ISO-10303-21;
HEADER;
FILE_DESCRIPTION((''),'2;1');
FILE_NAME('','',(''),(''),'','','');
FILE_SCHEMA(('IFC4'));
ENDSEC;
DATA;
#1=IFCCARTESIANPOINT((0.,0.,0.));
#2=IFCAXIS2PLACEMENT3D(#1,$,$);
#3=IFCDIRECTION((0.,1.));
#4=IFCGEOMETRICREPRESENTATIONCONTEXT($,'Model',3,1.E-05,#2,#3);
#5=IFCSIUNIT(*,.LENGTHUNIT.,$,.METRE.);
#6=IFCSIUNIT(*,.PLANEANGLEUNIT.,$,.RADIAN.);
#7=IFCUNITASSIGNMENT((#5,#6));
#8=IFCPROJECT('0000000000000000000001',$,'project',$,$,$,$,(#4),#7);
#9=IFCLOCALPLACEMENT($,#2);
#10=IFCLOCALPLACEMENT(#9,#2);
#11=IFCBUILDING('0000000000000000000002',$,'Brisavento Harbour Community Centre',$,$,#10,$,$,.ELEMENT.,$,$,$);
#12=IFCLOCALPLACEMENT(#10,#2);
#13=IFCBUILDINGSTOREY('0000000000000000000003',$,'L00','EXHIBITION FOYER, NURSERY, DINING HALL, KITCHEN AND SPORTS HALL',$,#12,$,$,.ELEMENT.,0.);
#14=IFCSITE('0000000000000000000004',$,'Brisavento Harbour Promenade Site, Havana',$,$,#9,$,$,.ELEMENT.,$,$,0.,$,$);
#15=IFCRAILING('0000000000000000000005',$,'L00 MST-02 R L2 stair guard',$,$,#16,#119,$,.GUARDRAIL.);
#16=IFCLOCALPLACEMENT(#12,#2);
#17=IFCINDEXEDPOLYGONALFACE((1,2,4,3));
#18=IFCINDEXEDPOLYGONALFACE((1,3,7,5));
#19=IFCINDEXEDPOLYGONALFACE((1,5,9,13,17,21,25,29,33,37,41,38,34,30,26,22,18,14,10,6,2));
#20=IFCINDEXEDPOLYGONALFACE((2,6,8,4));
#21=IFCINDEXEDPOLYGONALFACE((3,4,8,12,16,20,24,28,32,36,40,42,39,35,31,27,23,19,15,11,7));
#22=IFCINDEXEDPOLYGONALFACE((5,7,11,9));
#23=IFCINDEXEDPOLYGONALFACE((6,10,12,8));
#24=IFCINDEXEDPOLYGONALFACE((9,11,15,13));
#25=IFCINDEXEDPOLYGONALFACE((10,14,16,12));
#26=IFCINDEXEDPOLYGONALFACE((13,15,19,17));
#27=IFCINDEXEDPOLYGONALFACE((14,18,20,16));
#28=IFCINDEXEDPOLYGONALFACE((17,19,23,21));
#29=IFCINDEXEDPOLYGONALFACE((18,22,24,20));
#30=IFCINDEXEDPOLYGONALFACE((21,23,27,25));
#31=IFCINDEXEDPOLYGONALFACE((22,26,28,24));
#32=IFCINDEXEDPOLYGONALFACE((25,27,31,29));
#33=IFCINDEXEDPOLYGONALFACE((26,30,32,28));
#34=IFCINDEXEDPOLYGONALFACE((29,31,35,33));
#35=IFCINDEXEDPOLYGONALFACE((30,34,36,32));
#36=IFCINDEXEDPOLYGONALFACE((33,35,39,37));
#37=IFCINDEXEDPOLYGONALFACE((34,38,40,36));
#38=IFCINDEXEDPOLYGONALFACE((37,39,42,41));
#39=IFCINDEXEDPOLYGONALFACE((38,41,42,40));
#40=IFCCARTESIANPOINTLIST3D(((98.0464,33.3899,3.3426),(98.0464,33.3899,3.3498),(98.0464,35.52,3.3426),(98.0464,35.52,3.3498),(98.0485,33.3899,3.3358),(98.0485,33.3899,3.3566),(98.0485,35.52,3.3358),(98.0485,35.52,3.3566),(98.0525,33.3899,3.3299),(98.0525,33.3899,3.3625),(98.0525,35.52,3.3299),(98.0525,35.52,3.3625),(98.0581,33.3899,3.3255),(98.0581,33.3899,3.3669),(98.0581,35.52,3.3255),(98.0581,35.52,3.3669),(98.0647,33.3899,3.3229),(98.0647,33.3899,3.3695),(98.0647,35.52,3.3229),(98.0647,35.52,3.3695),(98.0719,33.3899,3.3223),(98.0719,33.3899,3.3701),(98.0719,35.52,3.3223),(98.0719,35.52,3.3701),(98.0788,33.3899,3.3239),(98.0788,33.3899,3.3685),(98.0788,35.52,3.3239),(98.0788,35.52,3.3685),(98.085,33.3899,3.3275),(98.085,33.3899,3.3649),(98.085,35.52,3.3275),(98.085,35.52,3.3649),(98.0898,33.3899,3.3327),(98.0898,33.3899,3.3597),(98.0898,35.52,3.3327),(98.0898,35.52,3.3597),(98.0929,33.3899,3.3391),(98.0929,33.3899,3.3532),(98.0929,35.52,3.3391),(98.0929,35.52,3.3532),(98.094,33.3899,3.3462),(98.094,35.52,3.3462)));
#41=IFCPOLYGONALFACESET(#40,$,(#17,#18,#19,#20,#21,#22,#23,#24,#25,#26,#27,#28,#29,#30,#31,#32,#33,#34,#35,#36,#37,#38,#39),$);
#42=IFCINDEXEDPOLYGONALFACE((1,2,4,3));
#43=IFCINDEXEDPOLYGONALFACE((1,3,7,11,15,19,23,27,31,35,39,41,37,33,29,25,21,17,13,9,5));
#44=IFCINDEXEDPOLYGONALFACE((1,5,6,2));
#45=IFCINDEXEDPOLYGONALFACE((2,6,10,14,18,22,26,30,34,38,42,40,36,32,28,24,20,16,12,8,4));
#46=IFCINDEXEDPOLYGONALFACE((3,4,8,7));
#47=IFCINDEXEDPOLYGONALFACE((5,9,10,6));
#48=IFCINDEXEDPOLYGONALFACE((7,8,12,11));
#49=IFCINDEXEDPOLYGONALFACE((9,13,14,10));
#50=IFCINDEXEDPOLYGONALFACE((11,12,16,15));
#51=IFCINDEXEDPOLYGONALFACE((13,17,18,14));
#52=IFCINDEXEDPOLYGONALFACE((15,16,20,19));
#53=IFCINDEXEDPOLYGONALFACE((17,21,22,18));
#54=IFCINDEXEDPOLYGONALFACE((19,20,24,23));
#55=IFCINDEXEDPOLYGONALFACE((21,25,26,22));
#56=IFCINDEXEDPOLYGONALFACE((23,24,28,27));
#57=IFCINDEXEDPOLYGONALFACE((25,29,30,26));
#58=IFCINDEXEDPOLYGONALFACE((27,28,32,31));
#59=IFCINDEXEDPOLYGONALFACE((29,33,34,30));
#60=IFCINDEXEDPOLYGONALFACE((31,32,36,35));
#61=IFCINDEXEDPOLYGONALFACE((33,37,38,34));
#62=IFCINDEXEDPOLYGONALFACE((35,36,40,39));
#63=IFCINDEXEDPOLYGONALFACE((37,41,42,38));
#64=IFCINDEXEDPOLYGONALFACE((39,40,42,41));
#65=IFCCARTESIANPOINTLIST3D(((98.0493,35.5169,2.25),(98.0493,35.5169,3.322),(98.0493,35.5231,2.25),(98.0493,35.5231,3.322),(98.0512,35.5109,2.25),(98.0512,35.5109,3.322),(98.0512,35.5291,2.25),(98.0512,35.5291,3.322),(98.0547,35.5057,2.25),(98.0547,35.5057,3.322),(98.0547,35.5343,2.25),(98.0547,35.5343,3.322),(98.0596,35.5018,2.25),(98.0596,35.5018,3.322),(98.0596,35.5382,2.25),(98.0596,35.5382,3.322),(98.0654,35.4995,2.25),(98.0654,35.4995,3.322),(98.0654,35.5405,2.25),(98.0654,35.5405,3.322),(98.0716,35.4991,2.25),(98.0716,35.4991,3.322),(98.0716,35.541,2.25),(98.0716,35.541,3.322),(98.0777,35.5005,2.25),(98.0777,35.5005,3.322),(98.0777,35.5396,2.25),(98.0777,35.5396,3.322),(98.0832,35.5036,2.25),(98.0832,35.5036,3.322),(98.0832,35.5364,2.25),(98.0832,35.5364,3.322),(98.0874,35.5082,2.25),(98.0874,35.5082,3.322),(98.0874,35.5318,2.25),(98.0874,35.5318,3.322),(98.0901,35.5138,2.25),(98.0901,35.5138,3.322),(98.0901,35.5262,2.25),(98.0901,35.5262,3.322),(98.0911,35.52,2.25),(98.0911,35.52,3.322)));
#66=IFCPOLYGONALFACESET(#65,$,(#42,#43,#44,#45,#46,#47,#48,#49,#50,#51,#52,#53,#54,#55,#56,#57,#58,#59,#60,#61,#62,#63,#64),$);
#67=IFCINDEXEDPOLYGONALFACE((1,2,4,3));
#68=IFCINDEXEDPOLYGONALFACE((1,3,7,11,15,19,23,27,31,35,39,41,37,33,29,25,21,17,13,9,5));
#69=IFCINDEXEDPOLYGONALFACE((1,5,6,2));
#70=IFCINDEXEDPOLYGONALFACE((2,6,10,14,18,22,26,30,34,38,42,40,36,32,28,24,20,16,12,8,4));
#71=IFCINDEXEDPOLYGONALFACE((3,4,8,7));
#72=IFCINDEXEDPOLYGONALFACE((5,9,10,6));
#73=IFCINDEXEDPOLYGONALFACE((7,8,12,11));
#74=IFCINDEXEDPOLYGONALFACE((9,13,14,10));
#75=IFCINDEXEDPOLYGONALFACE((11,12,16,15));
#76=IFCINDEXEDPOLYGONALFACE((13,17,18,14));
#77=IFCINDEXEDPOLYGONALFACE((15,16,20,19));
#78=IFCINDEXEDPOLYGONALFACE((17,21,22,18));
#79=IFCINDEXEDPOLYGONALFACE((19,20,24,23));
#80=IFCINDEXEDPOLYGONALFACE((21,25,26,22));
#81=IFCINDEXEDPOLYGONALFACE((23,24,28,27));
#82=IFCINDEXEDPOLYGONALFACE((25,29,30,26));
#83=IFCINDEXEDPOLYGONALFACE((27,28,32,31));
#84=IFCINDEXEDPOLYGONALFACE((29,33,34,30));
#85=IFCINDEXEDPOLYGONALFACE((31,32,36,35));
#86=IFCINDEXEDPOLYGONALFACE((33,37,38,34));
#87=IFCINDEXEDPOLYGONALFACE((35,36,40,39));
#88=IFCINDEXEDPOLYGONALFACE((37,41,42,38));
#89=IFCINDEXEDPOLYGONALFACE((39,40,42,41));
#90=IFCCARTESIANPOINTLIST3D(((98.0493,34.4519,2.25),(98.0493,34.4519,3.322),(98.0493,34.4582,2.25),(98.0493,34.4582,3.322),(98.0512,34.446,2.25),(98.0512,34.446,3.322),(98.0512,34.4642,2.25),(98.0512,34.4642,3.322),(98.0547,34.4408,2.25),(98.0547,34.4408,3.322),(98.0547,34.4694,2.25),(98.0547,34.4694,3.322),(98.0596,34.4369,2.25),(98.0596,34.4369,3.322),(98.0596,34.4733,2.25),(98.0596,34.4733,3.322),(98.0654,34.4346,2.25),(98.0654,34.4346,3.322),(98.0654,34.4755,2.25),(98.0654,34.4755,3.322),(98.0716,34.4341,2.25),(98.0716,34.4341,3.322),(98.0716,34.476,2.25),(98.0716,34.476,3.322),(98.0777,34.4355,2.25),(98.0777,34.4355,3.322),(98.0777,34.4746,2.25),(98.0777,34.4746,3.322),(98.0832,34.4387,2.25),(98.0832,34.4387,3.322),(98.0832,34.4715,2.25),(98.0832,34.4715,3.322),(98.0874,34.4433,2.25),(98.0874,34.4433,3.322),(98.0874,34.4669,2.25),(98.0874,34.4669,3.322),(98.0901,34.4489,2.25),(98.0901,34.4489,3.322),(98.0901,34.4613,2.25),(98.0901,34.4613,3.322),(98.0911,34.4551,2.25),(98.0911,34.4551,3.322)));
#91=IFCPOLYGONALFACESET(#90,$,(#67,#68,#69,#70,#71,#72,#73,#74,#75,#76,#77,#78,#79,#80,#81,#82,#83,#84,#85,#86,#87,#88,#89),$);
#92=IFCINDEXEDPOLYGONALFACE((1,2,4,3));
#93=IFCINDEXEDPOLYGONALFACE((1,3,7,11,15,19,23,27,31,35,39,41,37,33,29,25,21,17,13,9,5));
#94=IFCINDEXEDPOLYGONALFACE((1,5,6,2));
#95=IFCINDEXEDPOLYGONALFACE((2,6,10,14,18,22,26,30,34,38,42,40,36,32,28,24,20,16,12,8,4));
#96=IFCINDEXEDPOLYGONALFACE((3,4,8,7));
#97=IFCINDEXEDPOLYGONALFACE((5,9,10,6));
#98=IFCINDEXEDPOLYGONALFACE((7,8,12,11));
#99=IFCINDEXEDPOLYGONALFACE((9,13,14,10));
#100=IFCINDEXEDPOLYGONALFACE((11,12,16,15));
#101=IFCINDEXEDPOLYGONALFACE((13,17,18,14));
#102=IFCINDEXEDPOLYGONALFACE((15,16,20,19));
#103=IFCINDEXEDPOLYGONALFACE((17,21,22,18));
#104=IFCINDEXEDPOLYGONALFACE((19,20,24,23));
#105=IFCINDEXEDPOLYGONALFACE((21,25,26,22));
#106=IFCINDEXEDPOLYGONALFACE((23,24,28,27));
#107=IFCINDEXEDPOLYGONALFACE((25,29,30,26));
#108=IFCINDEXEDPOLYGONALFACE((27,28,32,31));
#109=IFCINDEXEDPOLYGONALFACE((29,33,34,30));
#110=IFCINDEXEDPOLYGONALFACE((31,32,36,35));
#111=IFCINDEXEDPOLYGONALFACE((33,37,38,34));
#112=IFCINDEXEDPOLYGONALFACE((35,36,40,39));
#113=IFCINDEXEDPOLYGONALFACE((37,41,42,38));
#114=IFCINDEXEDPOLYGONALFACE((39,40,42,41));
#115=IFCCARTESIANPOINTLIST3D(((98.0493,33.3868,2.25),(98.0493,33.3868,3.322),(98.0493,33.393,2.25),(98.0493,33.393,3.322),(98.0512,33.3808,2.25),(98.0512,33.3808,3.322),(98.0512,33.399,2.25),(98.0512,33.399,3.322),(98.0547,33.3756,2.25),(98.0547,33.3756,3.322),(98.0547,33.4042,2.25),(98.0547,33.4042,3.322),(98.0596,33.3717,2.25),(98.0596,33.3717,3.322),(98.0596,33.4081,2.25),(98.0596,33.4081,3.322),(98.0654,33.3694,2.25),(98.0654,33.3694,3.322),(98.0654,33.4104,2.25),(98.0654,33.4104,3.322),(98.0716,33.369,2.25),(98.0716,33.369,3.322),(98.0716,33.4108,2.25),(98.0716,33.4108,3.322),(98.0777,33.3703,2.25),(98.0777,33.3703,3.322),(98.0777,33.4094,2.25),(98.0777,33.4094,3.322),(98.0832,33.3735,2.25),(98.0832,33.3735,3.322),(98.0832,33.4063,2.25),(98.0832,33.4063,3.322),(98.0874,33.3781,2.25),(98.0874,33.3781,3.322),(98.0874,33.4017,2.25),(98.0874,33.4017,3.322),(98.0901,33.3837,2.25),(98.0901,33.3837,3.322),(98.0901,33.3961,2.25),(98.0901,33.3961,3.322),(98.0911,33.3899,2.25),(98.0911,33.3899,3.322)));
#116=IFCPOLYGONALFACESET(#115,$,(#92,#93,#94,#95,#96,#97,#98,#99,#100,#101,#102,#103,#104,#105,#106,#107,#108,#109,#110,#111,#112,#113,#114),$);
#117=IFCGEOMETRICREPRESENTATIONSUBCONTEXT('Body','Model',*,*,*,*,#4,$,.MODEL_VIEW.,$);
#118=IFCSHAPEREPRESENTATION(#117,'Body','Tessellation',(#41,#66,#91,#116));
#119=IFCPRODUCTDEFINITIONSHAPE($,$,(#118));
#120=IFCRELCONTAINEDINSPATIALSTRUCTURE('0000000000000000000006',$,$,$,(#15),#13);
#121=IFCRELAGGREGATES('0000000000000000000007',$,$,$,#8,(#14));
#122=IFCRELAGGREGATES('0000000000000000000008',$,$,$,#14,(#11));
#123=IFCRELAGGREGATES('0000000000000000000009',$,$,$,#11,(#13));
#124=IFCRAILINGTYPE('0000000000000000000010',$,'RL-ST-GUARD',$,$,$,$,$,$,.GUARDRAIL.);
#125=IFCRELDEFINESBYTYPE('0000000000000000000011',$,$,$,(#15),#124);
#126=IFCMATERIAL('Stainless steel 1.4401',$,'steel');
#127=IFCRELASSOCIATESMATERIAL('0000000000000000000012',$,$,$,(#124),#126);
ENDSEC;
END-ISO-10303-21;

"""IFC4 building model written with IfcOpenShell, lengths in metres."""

from ifc_helpers import new_model, si_unit, direction, frame, origin, origin_2d, place, context, subcontext, project, spatial, circle, extrude, material, type_object, element, save


model = new_model("IFC4")

# Units and contexts
model_context = context("Model", 3, precision=1e-05, world=origin(), true_north=direction((0.0, 1.0)))
body_context = subcontext(model_context, "Body", "Model", "MODEL_VIEW")
ifc_project = project(units=[si_unit("LENGTHUNIT", "METRE"), si_unit("PLANEANGLEUNIT", "RADIAN")], contexts=[model_context])

# Site, building, storey
site_placement = place(None, origin())
site = spatial("IfcSite", under=ifc_project, at=site_placement, Name="Brisavento Harbour Promenade Site, Havana", CompositionType="ELEMENT", RefElevation=0.0)
building_placement = place(site_placement, origin())
building = spatial("IfcBuilding", under=site, at=building_placement, Name="Brisavento Harbour Community Centre", CompositionType="ELEMENT")
storey_placement = place(building_placement, origin())
storey = spatial("IfcBuildingStorey", under=building, at=storey_placement, Name="L00", Description="EXHIBITION FOYER, NURSERY, DINING HALL, KITCHEN AND SPORTS HALL", CompositionType="ELEMENT", Elevation=0.0)

# Railing
ifc_material_1 = material(Name="Stainless steel 1.4401", Category="steel")
railing_type = type_object("IfcRailingType", Name="RL-ST-GUARD", PredefinedType="GUARDRAIL", material=ifc_material_1)
railing_1_placement = place(storey_placement, frame((98.0701, 35.52, 2.25)))
element("IfcRailing", 1, at=railing_1_placement, inside=storey, type_object=railing_type, Name="L00 MST-02 R L2 stair guard", PredefinedType="GUARDRAIL", context=body_context, shape_type="SweptSolid", body=[
    extrude(circle(Radius=0.0239, at=origin_2d()), frame((0.0, 0.0, 1.0962), z_axis=(0.0, -1.0, 0.0), x_axis=(1.0, 0.0, 0.0)), (0.0, 0.0, 1.0), 2.1301),
    extrude(circle(Radius=0.021, at=origin_2d()), origin(), (0.0, 0.0, 1.0), 1.072),
    extrude(circle(Radius=0.021, at=origin_2d()), frame((0.0, -1.0649, 0.0)), (0.0, 0.0, 1.0), 1.072),
    extrude(circle(Radius=0.021, at=origin_2d()), frame((0.0, -2.1301, 0.0)), (0.0, 0.0, 1.0), 1.072),
])

save(model, "model.ifc")
